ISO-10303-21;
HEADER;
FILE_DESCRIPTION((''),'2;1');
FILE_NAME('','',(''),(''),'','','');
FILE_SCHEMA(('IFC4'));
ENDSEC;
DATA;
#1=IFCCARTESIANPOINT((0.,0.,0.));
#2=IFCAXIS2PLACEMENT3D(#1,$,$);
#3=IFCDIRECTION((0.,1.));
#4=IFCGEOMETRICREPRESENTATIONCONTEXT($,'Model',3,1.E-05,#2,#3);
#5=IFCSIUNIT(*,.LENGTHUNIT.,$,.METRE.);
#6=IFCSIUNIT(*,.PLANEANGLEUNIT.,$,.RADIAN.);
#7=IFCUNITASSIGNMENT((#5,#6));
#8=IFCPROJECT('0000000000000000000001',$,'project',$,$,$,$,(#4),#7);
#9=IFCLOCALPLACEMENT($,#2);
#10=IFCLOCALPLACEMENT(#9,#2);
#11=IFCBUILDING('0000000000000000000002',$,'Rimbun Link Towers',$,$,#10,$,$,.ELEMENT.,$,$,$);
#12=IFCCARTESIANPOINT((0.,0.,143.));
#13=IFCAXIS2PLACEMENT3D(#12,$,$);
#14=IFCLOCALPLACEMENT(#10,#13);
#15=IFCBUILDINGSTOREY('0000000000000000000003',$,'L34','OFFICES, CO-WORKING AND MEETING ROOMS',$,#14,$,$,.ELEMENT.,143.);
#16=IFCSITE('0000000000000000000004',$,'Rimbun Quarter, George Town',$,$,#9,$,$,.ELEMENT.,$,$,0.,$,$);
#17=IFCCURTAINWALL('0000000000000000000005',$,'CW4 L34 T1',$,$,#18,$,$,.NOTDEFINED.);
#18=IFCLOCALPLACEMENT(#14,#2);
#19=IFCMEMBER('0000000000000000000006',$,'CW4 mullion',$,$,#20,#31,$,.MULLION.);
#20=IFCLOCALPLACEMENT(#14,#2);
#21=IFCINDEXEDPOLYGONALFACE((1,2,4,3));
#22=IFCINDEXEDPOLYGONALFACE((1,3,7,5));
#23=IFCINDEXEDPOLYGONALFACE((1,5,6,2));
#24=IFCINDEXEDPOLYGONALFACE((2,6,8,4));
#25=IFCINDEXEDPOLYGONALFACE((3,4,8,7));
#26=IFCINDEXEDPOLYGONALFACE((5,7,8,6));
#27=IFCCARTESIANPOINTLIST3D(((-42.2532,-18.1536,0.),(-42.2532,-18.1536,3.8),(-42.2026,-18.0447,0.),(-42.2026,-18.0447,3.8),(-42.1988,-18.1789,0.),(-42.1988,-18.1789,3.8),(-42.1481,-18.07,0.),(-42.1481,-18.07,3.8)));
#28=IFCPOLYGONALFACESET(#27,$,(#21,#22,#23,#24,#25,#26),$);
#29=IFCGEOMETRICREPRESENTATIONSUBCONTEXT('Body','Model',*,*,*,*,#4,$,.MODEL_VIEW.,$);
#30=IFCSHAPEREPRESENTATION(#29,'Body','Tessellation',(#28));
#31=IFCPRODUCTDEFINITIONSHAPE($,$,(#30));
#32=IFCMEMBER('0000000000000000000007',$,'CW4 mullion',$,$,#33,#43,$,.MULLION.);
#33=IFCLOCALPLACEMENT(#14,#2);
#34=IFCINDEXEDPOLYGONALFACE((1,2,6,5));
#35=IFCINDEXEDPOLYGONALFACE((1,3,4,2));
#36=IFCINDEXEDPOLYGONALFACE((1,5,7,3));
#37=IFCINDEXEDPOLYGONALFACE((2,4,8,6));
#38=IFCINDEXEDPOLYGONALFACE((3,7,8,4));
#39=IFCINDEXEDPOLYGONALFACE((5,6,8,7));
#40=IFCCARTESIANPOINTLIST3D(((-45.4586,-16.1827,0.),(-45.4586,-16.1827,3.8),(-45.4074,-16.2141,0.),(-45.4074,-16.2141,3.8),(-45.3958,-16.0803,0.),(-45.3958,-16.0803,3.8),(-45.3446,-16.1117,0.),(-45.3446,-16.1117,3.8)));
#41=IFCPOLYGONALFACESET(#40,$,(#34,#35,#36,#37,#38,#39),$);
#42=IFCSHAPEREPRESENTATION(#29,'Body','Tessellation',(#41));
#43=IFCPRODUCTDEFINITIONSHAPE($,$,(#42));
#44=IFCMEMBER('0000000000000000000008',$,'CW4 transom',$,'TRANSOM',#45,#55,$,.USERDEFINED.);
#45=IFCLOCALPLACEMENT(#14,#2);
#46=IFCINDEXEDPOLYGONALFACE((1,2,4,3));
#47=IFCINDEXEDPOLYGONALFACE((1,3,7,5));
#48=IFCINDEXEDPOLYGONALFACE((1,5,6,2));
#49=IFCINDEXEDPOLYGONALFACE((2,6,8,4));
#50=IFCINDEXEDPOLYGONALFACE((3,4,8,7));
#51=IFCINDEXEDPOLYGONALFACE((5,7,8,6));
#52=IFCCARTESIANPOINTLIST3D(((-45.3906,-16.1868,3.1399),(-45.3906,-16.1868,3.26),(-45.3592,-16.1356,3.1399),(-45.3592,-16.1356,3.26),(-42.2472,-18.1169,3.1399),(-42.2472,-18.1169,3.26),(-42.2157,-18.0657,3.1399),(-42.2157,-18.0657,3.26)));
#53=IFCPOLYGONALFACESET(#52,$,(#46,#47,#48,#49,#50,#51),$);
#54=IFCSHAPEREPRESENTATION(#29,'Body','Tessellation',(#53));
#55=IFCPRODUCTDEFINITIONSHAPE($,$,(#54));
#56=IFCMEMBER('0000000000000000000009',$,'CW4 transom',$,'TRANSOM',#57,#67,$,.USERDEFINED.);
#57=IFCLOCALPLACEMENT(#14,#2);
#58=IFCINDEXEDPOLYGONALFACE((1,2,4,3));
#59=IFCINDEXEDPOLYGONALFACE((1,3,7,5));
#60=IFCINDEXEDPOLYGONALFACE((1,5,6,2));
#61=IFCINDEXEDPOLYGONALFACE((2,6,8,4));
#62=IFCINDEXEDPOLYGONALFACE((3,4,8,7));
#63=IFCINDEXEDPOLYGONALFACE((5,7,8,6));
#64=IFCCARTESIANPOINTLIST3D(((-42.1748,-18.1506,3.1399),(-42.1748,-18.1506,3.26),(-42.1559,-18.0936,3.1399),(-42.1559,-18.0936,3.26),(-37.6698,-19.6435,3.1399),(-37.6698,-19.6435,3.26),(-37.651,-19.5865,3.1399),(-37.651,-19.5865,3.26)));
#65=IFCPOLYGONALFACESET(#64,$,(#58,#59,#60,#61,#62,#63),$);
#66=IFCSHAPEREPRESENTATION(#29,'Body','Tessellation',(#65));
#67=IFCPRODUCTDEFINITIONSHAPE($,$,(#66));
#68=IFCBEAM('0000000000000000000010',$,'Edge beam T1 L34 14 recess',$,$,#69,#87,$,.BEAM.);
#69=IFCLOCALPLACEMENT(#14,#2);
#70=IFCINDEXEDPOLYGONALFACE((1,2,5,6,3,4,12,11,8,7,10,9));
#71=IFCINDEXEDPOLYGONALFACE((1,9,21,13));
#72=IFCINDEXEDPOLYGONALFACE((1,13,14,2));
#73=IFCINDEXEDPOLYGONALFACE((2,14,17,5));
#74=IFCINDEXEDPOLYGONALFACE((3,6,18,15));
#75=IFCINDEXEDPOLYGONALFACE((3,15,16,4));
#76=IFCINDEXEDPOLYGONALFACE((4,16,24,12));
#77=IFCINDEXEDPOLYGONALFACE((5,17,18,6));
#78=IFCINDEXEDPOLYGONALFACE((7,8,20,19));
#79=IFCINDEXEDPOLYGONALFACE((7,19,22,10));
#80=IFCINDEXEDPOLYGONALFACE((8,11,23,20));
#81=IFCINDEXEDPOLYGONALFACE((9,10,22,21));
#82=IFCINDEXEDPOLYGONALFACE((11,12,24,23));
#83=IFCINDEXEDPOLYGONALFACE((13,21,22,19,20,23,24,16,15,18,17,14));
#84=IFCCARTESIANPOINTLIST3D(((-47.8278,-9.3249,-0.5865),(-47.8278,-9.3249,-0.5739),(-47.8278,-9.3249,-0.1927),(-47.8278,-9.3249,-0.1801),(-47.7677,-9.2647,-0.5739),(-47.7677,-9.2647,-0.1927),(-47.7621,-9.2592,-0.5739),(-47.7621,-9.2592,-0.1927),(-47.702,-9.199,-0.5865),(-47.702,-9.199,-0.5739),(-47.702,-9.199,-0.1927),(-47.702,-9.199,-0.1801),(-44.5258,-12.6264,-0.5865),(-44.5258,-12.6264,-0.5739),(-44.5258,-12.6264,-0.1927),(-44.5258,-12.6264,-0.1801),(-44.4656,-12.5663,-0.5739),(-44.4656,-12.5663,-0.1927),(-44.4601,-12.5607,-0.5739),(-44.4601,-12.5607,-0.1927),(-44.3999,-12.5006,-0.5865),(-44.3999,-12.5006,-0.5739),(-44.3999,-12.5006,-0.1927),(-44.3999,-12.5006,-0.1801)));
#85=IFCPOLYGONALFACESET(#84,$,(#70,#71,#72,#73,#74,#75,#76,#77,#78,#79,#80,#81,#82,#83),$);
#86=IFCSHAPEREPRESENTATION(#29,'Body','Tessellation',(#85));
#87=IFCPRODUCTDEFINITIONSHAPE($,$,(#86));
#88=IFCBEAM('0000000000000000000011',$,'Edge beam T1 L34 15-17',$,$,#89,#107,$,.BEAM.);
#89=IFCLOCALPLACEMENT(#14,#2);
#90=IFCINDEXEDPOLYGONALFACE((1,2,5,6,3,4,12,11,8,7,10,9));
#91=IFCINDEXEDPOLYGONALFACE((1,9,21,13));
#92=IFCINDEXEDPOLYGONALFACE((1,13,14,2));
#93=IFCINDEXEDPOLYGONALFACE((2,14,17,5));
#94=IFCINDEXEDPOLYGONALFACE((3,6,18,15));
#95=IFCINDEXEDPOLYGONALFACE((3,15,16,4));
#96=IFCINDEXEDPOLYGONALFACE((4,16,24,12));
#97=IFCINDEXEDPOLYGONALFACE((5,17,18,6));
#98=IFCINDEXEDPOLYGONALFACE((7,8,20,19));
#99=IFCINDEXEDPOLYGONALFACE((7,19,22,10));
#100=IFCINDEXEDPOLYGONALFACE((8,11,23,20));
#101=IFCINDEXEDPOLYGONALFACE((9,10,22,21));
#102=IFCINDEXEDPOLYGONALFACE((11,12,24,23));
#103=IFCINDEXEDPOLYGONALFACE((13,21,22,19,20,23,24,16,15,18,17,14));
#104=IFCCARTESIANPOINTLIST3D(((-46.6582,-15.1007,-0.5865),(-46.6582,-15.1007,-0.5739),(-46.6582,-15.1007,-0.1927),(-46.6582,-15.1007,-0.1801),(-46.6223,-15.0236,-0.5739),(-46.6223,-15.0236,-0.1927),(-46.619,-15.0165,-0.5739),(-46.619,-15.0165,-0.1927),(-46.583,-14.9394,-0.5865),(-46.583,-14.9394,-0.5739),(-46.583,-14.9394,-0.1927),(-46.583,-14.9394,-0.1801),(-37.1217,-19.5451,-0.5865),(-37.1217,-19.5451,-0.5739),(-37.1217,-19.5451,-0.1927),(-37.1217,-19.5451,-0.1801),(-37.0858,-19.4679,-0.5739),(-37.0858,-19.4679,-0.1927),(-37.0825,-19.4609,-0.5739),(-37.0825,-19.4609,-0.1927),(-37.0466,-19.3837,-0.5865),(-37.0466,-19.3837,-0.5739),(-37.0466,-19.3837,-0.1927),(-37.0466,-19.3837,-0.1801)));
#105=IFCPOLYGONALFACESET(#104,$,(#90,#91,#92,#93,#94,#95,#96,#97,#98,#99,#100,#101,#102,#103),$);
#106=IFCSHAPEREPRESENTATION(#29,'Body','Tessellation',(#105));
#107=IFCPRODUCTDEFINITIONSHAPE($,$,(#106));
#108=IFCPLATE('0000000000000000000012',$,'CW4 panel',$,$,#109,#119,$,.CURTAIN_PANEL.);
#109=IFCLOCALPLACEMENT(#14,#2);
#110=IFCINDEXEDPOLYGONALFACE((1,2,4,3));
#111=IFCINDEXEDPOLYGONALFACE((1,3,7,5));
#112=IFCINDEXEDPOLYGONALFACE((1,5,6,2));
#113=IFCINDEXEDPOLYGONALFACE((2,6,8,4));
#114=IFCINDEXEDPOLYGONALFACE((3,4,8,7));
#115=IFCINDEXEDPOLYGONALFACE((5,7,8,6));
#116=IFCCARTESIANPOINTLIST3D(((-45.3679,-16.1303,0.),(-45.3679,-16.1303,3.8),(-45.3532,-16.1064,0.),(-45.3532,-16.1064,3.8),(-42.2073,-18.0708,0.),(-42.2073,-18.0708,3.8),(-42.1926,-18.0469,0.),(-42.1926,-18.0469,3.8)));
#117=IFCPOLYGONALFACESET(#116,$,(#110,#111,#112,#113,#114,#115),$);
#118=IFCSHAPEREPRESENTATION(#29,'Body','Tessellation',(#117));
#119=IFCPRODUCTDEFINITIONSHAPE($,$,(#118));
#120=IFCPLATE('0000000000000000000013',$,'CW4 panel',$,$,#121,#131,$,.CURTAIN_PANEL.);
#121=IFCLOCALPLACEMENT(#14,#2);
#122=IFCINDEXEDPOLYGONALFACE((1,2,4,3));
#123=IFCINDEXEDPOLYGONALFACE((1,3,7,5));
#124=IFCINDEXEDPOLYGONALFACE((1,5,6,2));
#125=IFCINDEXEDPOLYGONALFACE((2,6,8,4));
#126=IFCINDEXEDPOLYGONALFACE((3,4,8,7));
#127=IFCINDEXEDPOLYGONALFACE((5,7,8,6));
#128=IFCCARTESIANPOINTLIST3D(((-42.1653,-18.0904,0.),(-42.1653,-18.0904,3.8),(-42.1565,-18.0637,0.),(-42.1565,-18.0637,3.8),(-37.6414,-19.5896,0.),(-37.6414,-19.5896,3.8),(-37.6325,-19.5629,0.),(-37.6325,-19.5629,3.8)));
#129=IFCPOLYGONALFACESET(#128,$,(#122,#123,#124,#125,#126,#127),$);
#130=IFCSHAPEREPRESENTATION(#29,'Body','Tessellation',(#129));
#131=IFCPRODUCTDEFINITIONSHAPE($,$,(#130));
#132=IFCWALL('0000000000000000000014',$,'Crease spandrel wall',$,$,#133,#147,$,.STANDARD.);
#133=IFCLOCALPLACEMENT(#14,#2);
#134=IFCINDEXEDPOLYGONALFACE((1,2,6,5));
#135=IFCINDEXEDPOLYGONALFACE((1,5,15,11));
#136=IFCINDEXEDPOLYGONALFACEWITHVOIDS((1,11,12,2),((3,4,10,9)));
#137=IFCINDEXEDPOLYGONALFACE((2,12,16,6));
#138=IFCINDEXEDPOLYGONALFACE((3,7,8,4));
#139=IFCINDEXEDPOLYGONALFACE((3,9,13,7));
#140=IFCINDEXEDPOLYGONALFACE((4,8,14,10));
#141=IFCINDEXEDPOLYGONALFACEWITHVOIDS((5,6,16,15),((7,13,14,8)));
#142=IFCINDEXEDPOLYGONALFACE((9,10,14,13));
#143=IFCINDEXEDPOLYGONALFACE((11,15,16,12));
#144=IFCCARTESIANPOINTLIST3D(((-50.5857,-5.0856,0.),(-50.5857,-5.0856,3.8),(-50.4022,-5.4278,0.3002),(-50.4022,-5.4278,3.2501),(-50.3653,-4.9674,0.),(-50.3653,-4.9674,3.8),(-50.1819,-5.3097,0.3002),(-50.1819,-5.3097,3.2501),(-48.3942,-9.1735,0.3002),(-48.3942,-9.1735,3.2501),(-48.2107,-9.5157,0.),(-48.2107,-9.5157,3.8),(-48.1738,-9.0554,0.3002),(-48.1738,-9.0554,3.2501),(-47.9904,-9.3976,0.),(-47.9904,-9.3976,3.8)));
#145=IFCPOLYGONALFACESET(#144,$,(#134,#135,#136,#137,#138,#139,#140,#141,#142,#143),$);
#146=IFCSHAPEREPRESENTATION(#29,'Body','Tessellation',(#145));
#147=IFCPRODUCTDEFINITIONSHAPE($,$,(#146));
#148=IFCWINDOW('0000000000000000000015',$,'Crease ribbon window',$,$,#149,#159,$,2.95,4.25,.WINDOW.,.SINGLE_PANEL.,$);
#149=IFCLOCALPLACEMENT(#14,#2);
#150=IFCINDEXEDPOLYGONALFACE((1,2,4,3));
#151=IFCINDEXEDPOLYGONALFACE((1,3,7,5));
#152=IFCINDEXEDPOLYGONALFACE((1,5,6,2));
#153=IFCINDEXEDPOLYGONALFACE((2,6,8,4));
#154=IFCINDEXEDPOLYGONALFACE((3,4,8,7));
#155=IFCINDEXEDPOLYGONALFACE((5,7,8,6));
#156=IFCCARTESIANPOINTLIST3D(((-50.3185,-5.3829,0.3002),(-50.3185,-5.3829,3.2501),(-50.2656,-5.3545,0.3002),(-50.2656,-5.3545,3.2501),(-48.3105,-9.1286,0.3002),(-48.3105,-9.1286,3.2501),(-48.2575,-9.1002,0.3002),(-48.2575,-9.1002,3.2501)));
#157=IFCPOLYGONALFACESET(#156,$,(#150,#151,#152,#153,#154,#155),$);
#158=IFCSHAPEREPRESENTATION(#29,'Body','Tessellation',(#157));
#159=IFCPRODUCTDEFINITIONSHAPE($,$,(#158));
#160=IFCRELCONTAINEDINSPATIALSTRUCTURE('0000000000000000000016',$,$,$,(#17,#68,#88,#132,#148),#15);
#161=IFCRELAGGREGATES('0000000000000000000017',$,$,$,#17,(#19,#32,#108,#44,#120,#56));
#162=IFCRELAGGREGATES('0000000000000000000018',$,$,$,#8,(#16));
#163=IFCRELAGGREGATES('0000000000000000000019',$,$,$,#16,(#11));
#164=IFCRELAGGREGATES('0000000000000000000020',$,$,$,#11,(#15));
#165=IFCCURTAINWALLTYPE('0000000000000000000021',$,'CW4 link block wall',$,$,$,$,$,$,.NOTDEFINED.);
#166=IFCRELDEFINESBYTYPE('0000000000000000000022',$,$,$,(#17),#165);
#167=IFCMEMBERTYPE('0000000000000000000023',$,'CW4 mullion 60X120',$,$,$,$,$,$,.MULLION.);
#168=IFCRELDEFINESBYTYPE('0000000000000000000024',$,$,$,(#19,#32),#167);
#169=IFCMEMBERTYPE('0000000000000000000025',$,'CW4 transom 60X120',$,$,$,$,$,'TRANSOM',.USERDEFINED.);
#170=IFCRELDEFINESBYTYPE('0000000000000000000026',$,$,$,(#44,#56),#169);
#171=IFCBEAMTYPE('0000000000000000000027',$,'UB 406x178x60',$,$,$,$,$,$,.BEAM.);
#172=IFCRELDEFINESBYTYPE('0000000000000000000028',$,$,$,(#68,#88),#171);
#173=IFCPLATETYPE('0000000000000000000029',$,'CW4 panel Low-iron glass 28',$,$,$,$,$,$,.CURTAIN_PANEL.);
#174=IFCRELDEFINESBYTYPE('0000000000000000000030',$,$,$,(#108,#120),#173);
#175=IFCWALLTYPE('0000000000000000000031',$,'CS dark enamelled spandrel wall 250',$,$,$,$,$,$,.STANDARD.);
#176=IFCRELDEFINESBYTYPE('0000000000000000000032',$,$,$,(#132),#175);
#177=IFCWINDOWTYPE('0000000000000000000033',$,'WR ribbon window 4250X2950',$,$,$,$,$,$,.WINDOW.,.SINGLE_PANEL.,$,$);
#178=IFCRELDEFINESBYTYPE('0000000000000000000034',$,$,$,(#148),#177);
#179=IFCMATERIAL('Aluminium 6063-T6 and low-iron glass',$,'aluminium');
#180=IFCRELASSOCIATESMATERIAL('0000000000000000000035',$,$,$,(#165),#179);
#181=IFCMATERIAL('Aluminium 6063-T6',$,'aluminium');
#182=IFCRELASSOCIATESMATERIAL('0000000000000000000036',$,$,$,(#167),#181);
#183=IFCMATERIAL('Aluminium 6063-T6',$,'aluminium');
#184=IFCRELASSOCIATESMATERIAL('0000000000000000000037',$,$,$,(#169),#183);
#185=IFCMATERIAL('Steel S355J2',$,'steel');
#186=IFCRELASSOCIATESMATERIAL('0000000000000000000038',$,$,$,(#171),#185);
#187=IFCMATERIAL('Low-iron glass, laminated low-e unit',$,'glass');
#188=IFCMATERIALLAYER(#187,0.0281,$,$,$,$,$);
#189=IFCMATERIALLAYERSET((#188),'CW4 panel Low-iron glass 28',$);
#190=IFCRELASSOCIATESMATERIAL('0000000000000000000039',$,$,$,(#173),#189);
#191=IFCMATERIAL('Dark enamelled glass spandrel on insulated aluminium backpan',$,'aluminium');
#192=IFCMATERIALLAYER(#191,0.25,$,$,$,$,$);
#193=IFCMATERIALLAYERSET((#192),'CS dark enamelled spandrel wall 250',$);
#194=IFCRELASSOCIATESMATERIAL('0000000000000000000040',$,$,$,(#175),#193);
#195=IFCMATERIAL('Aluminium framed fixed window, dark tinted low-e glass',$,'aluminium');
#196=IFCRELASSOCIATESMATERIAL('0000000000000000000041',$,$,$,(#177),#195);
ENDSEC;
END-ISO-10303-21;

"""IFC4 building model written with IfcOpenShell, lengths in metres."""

from ifc_helpers import new_model, si_unit, direction, frame, frame_2d, origin, origin_2d, place, context, subcontext, project, spatial, rectangle, i_section, extrude, material, layer, layer_set, material_profile, profile_set, type_object, element, fill, aggregate, save


model = new_model("IFC4")

# Units and contexts
model_context = context("Model", 3, precision=1e-05, world=origin(), true_north=direction((0.0, 1.0)))
body_context = subcontext(model_context, "Body", "Model", "MODEL_VIEW")
ifc_project = project(units=[si_unit("LENGTHUNIT", "METRE"), si_unit("PLANEANGLEUNIT", "RADIAN")], contexts=[model_context])

# Site, building, storey
site_placement = place(None, origin())
site = spatial("IfcSite", under=ifc_project, at=site_placement, Name="Rimbun Quarter, George Town", CompositionType="ELEMENT", RefElevation=0.0)
building_placement = place(site_placement, origin())
building = spatial("IfcBuilding", under=site, at=building_placement, Name="Rimbun Link Towers", CompositionType="ELEMENT")
storey_placement = place(building_placement, frame((0.0, 0.0, 143.0)))
storey = spatial("IfcBuildingStorey", under=building, at=storey_placement, Name="L34", Description="OFFICES, CO-WORKING AND MEETING ROOMS", CompositionType="ELEMENT", Elevation=143.0)

# Curtain wall, members
ifc_material_1 = material(Name="Aluminium 6063-T6 and low-iron glass", Category="aluminium")
curtain_wall_type = type_object("IfcCurtainWallType", Name="CW4 link block wall", PredefinedType="NOTDEFINED", material=ifc_material_1)
curtain_wall_placement = place(storey_placement, origin())
curtain_wall = element("IfcCurtainWall", 1, at=curtain_wall_placement, inside=storey, type_object=curtain_wall_type, Name="CW4 L34 T1", PredefinedType="NOTDEFINED")
ifc_material_2 = material(Name="Aluminium 6063-T6", Category="aluminium")
ifc_material_profile_1 = material_profile(ifc_material_2, rectangle(XDim=0.1201, YDim=0.0601, at=origin_2d()), Name="MULLION 60X120")
ifc_profile_set_1 = profile_set([ifc_material_profile_1], Name="Aluminium 6063-T6")
member_type_1 = type_object("IfcMemberType", Name="CW4 mullion 60X120", PredefinedType="MULLION", material=ifc_profile_set_1)
member_1_placement = place(storey_placement, frame((-42.2007, -18.1118, 0.0), z_axis=(0.0, 0.0, 1.0), x_axis=(-0.421697, -0.906737, 0.0)))
member_1 = element("IfcMember", 2, at=member_1_placement, type_object=member_type_1, Name="CW4 mullion", PredefinedType="MULLION", context=body_context, shape_type="SweptSolid", body=[
    extrude(rectangle(XDim=0.1201, YDim=0.0601, at=origin_2d()), origin(), (0.0, 0.0, 1.0), 3.8),
])
member_2_placement = place(storey_placement, frame((-45.4016, -16.1472, 0.0), z_axis=(0.0, 0.0, 1.0), x_axis=(-0.523225, -0.852194, 0.0)))
member_2 = element("IfcMember", 3, at=member_2_placement, type_object=member_type_1, Name="CW4 mullion", PredefinedType="MULLION", context=body_context, shape_type="SweptSolid", body=[
    extrude(rectangle(XDim=0.1201, YDim=0.0601, at=origin_2d()), origin(), (0.0, 0.0, 1.0), 3.8),
])
ifc_material_3 = material(Name="Aluminium 6063-T6", Category="aluminium")
ifc_material_profile_2 = material_profile(ifc_material_3, rectangle(XDim=0.0601, YDim=0.1201, at=origin_2d()), Name="TRANSOM 60X120")
ifc_profile_set_2 = profile_set([ifc_material_profile_2], Name="Aluminium 6063-T6")
member_type_2 = type_object("IfcMemberType", Name="CW4 transom 60X120", ElementType="TRANSOM", PredefinedType="USERDEFINED", material=ifc_profile_set_2)
member_3_placement = place(storey_placement, frame((-42.2314, -18.0913, 3.2), z_axis=(-0.852181, 0.523248, 0.0), x_axis=(-0.523248, -0.852181, 0.0)))
member_3 = element("IfcMember", 4, at=member_3_placement, type_object=member_type_2, Name="CW4 transom", ObjectType="TRANSOM", PredefinedType="USERDEFINED", context=body_context, shape_type="SweptSolid", body=[
    extrude(rectangle(XDim=0.0601, YDim=0.1201, at=origin_2d()), origin(), (0.0, 0.0, 1.0), 3.6887),
])
member_4_placement = place(storey_placement, frame((-37.6604, -19.615, 3.2), z_axis=(-0.949232, 0.314576, 0.0), x_axis=(-0.314576, -0.949232, 0.0)))
member_4 = element("IfcMember", 5, at=member_4_placement, type_object=member_type_2, Name="CW4 transom", ObjectType="TRANSOM", PredefinedType="USERDEFINED", context=body_context, shape_type="SweptSolid", body=[
    extrude(rectangle(XDim=0.0601, YDim=0.1201, at=origin_2d()), origin(), (0.0, 0.0, 1.0), 4.7458),
])

# Beams
ifc_material_4 = material(Name="Steel S355J2", Category="steel")
ifc_material_profile_3 = material_profile(ifc_material_4, i_section(OverallWidth=0.178, OverallDepth=0.4065, WebThickness=0.0078, FlangeThickness=0.0127, at=origin_2d()), Name="UB 406x178x60")
ifc_profile_set_3 = profile_set([ifc_material_profile_3], Name="Steel S355J2")
beam_type = type_object("IfcBeamType", Name="UB 406x178x60", PredefinedType="BEAM", material=ifc_profile_set_3)
beam_1_placement = place(storey_placement, frame((-47.7649, -9.262, -0.3833), z_axis=(0.707159, -0.707054, 0.0), x_axis=(0.707054, 0.707159, 0.0)))
element("IfcBeam", 6, at=beam_1_placement, inside=storey, type_object=beam_type, Name="Edge beam T1 L34 14 recess", PredefinedType="BEAM", context=body_context, shape_type="SweptSolid", body=[
    extrude(i_section(OverallWidth=0.178, OverallDepth=0.4065, WebThickness=0.0078, FlangeThickness=0.0127, at=origin_2d()), origin(), (0.0, 0.0, 1.0), 4.6694),
])
beam_2_placement = place(storey_placement, frame((-46.6206, -15.02, -0.3833), z_axis=(0.906401, -0.422419, 0.0), x_axis=(0.422419, 0.906401, 0.0)))
element("IfcBeam", 7, at=beam_2_placement, inside=storey, type_object=beam_type, Name="Edge beam T1 L34 15-17", PredefinedType="BEAM", context=body_context, shape_type="SweptSolid", body=[
    extrude(i_section(OverallWidth=0.178, OverallDepth=0.4065, WebThickness=0.0078, FlangeThickness=0.0127, at=origin_2d()), origin(), (0.0, 0.0, 1.0), 10.5212),
])

# Plates
ifc_material_5 = material(Name="Low-iron glass, laminated low-e unit", Category="glass")
ifc_layer_1 = layer(ifc_material_5, 0.0281)
ifc_layer_set_1 = layer_set([ifc_layer_1], Name="CW4 panel Low-iron glass 28")
plate_type = type_object("IfcPlateType", Name="CW4 panel Low-iron glass 28", PredefinedType="CURTAIN_PANEL", material=ifc_layer_set_1)
plate_1_placement = place(storey_placement, frame((-43.7803, -17.0886, 0.0), z_axis=(0.0, 0.0, 1.0), x_axis=(-0.852194, 0.523225, 0.0)))
plate_1 = element("IfcPlate", 8, at=plate_1_placement, type_object=plate_type, Name="CW4 panel", PredefinedType="CURTAIN_PANEL", context=body_context, shape_type="SweptSolid", body=[
    extrude(rectangle(XDim=3.7087, YDim=0.0281, at=origin_2d()), origin(), (0.0, 0.0, 1.0), 3.8),
])
plate_2_placement = place(storey_placement, frame((-39.8989, -18.8267, 0.0), z_axis=(0.0, 0.0, 1.0), x_axis=(-0.949235, 0.314568, 0.0)))
plate_2 = element("IfcPlate", 9, at=plate_2_placement, type_object=plate_type, Name="CW4 panel", PredefinedType="CURTAIN_PANEL", context=body_context, shape_type="SweptSolid", body=[
    extrude(rectangle(XDim=4.7659, YDim=0.0281, at=origin_2d()), origin(), (0.0, 0.0, 1.0), 3.8),
])
aggregate(curtain_wall, [member_1, member_2, plate_1, member_3, plate_2, member_4])

# Wall, opening, window
ifc_material_6 = material(Name="Dark enamelled glass spandrel on insulated aluminium backpan", Category="aluminium")
ifc_layer_2 = layer(ifc_material_6, 0.25)
ifc_layer_set_2 = layer_set([ifc_layer_2], Name="CS dark enamelled spandrel wall 250")
wall_type_1 = type_object("IfcWallType", Name="CS dark enamelled spandrel wall 250", PredefinedType="STANDARD", material=ifc_layer_set_2)
wall_1_placement = place(storey_placement, frame((-48.1006, -9.4565, 0.0), z_axis=(0.0, 0.0, 1.0), x_axis=(-0.472483, 0.88134, 0.0)))
wall_1 = element("IfcWall", 10, at=wall_1_placement, inside=storey, type_object=wall_type_1, Name="Crease spandrel wall", PredefinedType="STANDARD", context=body_context, shape_type="SweptSolid", body=[
    extrude(rectangle(XDim=5.0266, YDim=0.25, at=frame_2d((2.5132, 0.0))), origin(), (0.0, 0.0, 1.0), 3.8),
])
opening_1_placement = place(wall_1_placement, frame((0.3882, 0.0, 0.3)))
opening_1 = element("IfcOpeningElement", 11, at=opening_1_placement, cuts=wall_1, PredefinedType="OPENING", context=body_context, shape_type="SweptSolid", body=[
    extrude(rectangle(XDim=4.25, YDim=2.95, at=frame_2d((2.125, 1.4751))), frame((0.0, 0.135, 0.0), z_axis=(0.0, -1.0, 0.0), x_axis=(1.0, 0.0, 0.0)), (0.0, 0.0, 1.0), 0.27),
])
ifc_material_7 = material(Name="Aluminium framed fixed window, dark tinted low-e glass", Category="aluminium")
window_type_1 = type_object("IfcWindowType", Name="WR ribbon window 4250X2950", PartitioningType="SINGLE_PANEL", PredefinedType="WINDOW", material=ifc_material_7)
window_1_placement = place(opening_1_placement, origin())
window_1 = element("IfcWindow", 12, at=window_1_placement, inside=storey, type_object=window_type_1, Name="Crease ribbon window", OverallHeight=2.95, OverallWidth=4.25, PartitioningType="SINGLE_PANEL", PredefinedType="WINDOW", context=body_context, shape_type="SweptSolid", body=[
    extrude(rectangle(XDim=4.25, YDim=2.95, at=frame_2d((2.125, 1.4751))), frame((0.0, 0.03, 0.0), z_axis=(0.0, -1.0, 0.0), x_axis=(1.0, 0.0, 0.0)), (0.0, 0.0, 1.0), 0.0601),
])
fill(opening_1, window_1)

save(model, "model.ifc")
